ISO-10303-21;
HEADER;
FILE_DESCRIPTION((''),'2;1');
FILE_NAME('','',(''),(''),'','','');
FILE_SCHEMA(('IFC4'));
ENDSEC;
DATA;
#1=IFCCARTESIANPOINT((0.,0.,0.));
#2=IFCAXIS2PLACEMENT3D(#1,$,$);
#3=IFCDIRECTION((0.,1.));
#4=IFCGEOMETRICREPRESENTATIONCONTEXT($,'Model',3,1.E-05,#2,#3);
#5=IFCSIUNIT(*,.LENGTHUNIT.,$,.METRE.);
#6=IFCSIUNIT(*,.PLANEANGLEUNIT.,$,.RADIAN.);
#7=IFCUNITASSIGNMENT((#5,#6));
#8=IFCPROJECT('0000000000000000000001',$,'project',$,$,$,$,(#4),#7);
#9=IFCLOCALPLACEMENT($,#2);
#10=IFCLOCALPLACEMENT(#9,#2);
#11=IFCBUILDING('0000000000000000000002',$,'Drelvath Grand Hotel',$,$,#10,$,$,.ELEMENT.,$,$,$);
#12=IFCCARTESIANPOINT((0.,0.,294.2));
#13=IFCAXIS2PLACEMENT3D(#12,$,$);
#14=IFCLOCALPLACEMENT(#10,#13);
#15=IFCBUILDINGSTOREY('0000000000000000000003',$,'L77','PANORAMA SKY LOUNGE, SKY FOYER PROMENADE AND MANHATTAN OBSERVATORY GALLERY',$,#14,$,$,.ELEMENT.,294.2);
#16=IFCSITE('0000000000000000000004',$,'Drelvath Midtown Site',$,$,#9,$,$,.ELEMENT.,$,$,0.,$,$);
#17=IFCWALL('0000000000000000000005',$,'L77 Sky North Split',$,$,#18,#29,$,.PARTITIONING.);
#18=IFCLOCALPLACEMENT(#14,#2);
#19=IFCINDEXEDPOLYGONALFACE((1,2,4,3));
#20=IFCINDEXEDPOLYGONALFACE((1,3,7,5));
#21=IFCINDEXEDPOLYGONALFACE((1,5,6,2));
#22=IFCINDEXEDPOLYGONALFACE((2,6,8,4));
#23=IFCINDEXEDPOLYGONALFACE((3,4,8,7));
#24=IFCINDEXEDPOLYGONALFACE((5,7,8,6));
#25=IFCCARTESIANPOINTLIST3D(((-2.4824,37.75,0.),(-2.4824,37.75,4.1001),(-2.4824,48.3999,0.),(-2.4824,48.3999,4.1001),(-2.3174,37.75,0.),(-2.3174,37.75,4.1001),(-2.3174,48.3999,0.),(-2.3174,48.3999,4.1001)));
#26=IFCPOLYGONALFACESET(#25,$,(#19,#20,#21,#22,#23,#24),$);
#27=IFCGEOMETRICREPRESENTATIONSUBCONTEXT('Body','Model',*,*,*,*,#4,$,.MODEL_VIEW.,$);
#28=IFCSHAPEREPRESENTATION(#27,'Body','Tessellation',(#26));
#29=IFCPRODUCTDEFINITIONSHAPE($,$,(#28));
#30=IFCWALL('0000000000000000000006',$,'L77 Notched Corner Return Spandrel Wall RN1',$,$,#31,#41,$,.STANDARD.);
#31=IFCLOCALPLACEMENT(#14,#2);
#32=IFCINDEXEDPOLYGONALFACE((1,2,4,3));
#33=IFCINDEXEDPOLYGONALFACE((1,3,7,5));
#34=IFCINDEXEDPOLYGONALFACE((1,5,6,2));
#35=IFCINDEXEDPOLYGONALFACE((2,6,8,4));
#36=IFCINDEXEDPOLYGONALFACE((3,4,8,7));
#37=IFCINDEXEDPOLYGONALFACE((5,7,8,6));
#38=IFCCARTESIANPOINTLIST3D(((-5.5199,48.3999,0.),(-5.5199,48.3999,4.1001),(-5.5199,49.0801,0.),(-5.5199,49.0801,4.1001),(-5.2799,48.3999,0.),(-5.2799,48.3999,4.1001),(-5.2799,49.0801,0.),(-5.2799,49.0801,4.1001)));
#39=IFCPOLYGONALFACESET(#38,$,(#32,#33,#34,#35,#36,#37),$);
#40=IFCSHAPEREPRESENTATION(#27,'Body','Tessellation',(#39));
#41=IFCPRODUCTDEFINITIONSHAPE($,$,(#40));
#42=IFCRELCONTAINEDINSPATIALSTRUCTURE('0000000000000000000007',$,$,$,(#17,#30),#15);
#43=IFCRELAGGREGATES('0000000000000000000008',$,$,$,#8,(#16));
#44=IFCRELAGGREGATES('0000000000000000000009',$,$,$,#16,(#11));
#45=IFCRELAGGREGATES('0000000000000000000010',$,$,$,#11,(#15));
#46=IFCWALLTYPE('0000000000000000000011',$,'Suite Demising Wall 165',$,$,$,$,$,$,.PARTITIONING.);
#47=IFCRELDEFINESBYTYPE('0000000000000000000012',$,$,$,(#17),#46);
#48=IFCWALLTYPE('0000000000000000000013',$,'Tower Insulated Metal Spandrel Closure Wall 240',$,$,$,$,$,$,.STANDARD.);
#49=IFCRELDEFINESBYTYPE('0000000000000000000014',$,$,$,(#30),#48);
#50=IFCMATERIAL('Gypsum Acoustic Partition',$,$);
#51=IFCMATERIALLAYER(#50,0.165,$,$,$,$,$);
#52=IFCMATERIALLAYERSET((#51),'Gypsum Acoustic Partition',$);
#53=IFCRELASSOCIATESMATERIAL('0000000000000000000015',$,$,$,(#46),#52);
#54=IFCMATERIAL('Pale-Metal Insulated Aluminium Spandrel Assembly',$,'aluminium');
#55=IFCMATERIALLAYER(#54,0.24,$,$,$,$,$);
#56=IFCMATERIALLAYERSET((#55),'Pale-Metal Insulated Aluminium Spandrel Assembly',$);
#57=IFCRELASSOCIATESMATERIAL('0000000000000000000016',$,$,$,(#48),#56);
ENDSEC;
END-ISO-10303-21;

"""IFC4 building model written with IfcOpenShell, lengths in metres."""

from ifc_helpers import new_model, si_unit, direction, frame, frame_2d, origin, place, context, subcontext, project, spatial, rectangle, extrude, material, layer, layer_set, type_object, element, save


model = new_model("IFC4")

# Units and contexts
model_context = context("Model", 3, precision=1e-05, world=origin(), true_north=direction((0.0, 1.0)))
body_context = subcontext(model_context, "Body", "Model", "MODEL_VIEW")
ifc_project = project(units=[si_unit("LENGTHUNIT", "METRE"), si_unit("PLANEANGLEUNIT", "RADIAN")], contexts=[model_context])

# Site, building, storey
site_placement = place(None, origin())
site = spatial("IfcSite", under=ifc_project, at=site_placement, Name="Drelvath Midtown Site", CompositionType="ELEMENT", RefElevation=0.0)
building_placement = place(site_placement, origin())
building = spatial("IfcBuilding", under=site, at=building_placement, Name="Drelvath Grand Hotel", CompositionType="ELEMENT")
storey_placement = place(building_placement, frame((0.0, 0.0, 294.2)))
storey = spatial("IfcBuildingStorey", under=building, at=storey_placement, Name="L77", Description="PANORAMA SKY LOUNGE, SKY FOYER PROMENADE AND MANHATTAN OBSERVATORY GALLERY", CompositionType="ELEMENT", Elevation=294.2)

# Walls
ifc_material_1 = material(Name="Gypsum Acoustic Partition")
ifc_layer_1 = layer(ifc_material_1, 0.165)
ifc_layer_set_1 = layer_set([ifc_layer_1], Name="Gypsum Acoustic Partition")
wall_type_1 = type_object("IfcWallType", Name="Suite Demising Wall 165", PredefinedType="PARTITIONING", material=ifc_layer_set_1)
wall_1_placement = place(storey_placement, frame((-2.3999, 37.75, 0.0), z_axis=(0.0, 0.0, 1.0), x_axis=(0.0, 1.0, 0.0)))
element("IfcWall", 1, at=wall_1_placement, inside=storey, type_object=wall_type_1, Name="L77 Sky North Split", PredefinedType="PARTITIONING", context=body_context, shape_type="SweptSolid", body=[
    extrude(rectangle(XDim=10.6499, YDim=0.165, at=frame_2d((5.325, 0.0))), origin(), (0.0, 0.0, 1.0), 4.1001),
])
ifc_material_2 = material(Name="Pale-Metal Insulated Aluminium Spandrel Assembly", Category="aluminium")
ifc_layer_2 = layer(ifc_material_2, 0.24)
ifc_layer_set_2 = layer_set([ifc_layer_2], Name="Pale-Metal Insulated Aluminium Spandrel Assembly")
wall_type_2 = type_object("IfcWallType", Name="Tower Insulated Metal Spandrel Closure Wall 240", PredefinedType="STANDARD", material=ifc_layer_set_2)
wall_2_placement = place(storey_placement, frame((-5.3999, 49.0801, 0.0), z_axis=(0.0, 0.0, 1.0), x_axis=(0.0, -1.0, 0.0)))
element("IfcWall", 2, at=wall_2_placement, inside=storey, type_object=wall_type_2, Name="L77 Notched Corner Return Spandrel Wall RN1", PredefinedType="STANDARD", context=body_context, shape_type="SweptSolid", body=[
    extrude(rectangle(XDim=0.6802, YDim=0.24, at=frame_2d((0.3401, 0.0))), origin(), (0.0, 0.0, 1.0), 4.1001),
])

save(model, "model.ifc")
